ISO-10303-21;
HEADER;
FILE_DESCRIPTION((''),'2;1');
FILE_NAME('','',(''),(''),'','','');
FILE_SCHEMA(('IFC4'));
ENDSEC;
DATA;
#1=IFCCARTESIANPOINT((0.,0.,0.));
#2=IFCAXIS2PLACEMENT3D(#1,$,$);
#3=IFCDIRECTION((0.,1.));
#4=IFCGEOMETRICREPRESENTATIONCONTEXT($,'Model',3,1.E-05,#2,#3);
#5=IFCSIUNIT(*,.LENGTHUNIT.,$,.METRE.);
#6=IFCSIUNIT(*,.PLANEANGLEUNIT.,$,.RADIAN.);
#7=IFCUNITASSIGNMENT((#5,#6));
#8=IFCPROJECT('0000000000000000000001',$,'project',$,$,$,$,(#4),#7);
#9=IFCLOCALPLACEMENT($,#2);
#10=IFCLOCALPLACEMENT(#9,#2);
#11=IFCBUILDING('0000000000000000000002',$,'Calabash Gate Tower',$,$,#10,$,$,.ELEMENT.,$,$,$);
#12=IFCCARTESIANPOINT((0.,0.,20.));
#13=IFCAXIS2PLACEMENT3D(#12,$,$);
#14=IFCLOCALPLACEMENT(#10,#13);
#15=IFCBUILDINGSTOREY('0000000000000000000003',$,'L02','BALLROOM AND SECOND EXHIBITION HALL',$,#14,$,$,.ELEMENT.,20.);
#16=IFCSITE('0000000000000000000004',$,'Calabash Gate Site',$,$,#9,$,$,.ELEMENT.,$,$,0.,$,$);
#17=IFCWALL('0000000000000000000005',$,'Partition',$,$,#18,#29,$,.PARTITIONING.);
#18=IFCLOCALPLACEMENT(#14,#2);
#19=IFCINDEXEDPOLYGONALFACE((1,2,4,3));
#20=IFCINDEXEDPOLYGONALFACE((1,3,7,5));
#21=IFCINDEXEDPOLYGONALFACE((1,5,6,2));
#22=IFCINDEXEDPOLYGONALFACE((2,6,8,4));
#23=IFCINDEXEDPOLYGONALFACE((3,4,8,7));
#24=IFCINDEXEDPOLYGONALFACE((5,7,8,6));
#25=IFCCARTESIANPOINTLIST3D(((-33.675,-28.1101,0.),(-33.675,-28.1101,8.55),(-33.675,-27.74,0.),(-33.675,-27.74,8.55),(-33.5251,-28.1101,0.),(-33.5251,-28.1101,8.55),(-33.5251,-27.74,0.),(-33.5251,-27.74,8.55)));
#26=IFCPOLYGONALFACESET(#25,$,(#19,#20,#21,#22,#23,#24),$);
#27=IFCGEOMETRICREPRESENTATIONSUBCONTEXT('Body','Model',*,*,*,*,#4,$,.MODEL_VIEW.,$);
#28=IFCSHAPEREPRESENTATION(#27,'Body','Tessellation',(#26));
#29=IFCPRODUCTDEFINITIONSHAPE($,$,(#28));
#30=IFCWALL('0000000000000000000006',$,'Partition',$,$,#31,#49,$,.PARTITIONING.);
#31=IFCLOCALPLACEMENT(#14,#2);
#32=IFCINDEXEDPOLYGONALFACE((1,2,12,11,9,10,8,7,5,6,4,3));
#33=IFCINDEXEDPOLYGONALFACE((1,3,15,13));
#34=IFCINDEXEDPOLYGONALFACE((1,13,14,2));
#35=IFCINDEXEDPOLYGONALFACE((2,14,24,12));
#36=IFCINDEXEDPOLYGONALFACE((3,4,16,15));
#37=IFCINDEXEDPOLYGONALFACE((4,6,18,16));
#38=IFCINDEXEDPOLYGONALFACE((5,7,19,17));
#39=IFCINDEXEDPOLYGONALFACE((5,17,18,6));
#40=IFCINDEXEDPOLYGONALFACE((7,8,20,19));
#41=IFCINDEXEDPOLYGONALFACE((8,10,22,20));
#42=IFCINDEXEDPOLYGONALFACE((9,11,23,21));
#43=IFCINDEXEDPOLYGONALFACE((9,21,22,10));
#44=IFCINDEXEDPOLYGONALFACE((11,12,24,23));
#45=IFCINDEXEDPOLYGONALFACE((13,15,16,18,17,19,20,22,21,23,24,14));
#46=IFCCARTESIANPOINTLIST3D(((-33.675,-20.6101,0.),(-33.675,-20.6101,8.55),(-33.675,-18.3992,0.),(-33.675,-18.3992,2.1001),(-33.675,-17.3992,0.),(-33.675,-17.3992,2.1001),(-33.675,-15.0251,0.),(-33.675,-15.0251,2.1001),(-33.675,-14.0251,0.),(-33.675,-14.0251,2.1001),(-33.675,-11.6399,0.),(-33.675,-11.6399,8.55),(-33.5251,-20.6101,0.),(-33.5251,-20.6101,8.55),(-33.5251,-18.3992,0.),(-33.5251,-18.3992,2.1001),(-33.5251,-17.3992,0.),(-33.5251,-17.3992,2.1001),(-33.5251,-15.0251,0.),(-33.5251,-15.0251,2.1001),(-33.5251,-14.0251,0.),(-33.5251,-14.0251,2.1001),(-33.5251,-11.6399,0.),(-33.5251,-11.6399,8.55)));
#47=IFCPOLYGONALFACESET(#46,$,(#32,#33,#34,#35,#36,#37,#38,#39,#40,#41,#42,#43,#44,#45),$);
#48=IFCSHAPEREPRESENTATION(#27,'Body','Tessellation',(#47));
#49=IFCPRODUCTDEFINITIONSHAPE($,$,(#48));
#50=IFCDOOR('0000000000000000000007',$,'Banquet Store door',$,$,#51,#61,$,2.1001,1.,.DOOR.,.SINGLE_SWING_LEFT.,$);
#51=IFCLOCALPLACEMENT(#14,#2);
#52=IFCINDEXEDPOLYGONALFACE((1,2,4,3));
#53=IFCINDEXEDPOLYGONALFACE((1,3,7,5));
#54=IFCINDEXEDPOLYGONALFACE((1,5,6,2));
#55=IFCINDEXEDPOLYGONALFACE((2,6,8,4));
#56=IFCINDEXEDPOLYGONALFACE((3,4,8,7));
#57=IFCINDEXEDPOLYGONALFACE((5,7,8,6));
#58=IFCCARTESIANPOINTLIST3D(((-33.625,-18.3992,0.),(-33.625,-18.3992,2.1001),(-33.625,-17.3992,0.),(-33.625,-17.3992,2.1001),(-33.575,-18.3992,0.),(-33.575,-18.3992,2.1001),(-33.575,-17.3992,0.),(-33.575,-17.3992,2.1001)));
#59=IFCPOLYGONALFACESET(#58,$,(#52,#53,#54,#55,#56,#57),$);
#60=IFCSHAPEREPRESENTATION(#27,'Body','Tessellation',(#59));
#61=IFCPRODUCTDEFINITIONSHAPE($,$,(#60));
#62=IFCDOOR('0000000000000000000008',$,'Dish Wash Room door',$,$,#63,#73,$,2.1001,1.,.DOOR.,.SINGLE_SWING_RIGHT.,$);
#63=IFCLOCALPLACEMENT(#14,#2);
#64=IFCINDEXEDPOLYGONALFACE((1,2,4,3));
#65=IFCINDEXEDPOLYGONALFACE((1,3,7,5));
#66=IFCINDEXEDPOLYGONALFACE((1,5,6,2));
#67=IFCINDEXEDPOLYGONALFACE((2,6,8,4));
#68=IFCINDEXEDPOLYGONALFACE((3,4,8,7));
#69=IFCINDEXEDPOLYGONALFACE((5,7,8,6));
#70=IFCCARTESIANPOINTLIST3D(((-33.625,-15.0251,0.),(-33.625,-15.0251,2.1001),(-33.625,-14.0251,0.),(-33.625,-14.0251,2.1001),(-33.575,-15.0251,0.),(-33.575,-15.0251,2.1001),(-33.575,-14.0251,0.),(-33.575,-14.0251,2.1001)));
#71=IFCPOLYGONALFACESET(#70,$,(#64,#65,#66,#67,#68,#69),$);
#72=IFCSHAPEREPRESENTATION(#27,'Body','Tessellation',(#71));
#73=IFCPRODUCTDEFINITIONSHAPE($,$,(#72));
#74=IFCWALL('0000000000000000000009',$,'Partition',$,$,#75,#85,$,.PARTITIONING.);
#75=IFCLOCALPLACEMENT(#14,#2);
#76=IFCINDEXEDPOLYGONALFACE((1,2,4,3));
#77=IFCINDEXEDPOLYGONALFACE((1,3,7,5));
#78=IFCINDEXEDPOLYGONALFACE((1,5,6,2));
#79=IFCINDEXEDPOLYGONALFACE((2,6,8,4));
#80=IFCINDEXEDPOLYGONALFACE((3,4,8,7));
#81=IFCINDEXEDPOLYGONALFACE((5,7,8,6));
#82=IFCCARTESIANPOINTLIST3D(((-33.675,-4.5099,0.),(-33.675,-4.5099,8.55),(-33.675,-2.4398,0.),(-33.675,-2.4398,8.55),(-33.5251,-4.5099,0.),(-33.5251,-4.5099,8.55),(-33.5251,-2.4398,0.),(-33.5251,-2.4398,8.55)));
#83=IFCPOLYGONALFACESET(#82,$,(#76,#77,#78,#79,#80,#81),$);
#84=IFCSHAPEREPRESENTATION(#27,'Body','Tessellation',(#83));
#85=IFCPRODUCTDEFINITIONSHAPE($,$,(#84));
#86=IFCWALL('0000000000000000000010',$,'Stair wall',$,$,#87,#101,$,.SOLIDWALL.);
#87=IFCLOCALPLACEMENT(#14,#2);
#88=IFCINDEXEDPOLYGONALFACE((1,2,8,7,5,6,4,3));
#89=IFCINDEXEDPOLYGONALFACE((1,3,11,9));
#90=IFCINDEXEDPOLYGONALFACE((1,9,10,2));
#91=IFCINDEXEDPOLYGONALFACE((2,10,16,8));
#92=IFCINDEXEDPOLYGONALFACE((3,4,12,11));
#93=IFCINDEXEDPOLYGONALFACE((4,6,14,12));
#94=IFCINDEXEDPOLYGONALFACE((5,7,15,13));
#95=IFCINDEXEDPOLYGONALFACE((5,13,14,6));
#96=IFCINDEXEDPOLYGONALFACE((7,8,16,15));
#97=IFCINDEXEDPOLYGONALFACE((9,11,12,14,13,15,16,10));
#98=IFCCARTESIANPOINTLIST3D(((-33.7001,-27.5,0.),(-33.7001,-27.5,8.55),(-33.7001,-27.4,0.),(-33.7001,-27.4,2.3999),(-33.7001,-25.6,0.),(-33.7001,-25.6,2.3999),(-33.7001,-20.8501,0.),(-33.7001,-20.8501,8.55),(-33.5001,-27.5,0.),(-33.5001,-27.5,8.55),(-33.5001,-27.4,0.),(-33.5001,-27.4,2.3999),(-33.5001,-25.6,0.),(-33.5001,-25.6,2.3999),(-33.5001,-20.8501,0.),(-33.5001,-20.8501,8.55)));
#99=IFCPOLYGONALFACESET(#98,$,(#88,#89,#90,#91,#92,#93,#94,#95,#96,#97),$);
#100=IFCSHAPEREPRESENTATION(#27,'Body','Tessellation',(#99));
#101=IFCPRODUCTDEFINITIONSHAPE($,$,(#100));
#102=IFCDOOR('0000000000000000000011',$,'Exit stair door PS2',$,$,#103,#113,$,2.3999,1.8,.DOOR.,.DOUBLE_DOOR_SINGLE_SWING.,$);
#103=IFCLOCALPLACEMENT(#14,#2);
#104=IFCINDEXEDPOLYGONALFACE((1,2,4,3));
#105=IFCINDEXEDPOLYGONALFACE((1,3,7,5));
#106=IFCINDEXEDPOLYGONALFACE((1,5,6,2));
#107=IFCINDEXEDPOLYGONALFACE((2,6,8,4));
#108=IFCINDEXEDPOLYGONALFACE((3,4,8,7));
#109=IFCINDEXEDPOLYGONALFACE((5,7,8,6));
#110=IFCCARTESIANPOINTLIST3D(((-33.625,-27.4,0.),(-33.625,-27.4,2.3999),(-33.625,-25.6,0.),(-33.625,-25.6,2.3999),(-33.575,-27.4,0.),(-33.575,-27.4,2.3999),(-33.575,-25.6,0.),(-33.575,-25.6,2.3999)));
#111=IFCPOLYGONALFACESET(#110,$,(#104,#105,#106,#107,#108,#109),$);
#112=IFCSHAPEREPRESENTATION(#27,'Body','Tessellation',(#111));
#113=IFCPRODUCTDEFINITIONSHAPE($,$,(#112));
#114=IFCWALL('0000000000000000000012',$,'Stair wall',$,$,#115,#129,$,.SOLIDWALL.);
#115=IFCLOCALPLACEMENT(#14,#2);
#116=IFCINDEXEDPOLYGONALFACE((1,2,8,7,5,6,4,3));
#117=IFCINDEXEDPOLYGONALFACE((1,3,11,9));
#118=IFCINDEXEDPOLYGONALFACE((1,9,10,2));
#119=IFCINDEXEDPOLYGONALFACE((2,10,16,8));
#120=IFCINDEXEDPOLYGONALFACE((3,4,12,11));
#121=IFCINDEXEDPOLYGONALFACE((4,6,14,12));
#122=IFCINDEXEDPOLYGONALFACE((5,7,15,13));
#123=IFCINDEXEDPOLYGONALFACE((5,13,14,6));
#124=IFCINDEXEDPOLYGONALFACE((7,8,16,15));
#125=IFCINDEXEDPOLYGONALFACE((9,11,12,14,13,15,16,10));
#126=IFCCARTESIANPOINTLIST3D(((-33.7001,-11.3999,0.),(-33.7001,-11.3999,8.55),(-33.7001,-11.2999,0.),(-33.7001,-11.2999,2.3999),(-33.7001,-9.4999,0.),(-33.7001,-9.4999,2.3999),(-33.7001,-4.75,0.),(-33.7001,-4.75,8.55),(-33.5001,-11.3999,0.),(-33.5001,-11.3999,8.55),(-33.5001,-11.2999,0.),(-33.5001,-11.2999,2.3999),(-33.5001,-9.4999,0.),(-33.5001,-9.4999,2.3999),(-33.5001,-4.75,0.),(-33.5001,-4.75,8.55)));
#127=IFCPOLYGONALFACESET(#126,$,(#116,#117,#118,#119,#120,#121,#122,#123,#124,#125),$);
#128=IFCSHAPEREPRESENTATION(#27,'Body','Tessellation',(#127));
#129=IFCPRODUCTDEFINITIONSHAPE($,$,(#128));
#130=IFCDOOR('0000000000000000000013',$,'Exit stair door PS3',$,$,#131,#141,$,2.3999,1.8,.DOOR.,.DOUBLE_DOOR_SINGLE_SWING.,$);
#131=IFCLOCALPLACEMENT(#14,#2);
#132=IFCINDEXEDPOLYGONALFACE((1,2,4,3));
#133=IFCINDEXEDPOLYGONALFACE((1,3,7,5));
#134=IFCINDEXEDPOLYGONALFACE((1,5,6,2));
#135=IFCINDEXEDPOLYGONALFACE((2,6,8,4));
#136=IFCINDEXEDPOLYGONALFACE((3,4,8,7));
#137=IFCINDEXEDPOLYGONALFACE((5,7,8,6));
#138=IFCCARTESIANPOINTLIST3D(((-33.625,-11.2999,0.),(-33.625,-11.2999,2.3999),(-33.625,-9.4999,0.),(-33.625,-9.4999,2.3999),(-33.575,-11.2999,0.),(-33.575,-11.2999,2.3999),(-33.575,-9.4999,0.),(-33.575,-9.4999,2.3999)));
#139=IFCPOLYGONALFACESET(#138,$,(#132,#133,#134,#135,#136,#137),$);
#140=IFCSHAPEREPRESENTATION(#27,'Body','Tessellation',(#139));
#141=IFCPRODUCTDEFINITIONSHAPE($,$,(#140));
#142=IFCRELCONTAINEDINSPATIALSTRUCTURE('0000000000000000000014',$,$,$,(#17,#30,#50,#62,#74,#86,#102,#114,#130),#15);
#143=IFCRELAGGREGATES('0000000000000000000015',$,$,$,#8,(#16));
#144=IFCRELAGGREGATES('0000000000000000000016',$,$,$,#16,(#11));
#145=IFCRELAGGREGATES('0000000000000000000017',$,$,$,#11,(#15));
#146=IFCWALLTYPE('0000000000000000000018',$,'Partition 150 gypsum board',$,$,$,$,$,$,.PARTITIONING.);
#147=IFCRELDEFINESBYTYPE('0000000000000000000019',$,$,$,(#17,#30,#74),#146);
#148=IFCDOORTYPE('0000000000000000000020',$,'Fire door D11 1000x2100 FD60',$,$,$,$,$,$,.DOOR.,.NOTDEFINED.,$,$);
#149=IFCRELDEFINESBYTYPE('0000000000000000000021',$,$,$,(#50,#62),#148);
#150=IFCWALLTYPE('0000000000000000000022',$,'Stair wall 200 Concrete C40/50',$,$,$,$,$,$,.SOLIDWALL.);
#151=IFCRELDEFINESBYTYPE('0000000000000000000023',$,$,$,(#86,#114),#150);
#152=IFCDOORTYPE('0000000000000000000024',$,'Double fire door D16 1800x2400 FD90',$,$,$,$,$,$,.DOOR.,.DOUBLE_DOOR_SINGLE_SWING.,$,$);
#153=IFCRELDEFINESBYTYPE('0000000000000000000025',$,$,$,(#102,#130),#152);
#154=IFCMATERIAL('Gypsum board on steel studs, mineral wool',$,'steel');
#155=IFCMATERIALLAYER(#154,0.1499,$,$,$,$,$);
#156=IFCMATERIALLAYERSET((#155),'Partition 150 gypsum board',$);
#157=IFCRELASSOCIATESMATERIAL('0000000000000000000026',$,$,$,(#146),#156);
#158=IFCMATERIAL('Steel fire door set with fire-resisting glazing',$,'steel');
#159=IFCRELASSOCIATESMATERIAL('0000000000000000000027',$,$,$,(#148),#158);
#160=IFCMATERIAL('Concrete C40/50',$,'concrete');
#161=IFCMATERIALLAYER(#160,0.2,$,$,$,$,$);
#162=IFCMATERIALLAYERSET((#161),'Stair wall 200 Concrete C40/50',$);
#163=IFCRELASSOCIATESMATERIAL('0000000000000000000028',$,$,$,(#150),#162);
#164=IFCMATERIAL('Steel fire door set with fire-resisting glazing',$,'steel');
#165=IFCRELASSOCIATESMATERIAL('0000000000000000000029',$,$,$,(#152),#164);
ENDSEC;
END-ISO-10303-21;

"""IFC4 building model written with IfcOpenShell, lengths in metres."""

from ifc_helpers import new_model, si_unit, direction, frame, frame_2d, origin, place, context, subcontext, project, spatial, rectangle, extrude, material, layer, layer_set, type_object, element, fill, save


model = new_model("IFC4")

# Units and contexts
model_context = context("Model", 3, precision=1e-05, world=origin(), true_north=direction((0.0, 1.0)))
body_context = subcontext(model_context, "Body", "Model", "MODEL_VIEW")
ifc_project = project(units=[si_unit("LENGTHUNIT", "METRE"), si_unit("PLANEANGLEUNIT", "RADIAN")], contexts=[model_context])

# Site, building, storey
site_placement = place(None, origin())
site = spatial("IfcSite", under=ifc_project, at=site_placement, Name="Calabash Gate Site", CompositionType="ELEMENT", RefElevation=0.0)
building_placement = place(site_placement, origin())
building = spatial("IfcBuilding", under=site, at=building_placement, Name="Calabash Gate Tower", CompositionType="ELEMENT")
storey_placement = place(building_placement, frame((0.0, 0.0, 20.0)))
storey = spatial("IfcBuildingStorey", under=building, at=storey_placement, Name="L02", Description="BALLROOM AND SECOND EXHIBITION HALL", CompositionType="ELEMENT", Elevation=20.0)

# Wall
ifc_material_1 = material(Name="Gypsum board on steel studs, mineral wool", Category="steel")
ifc_layer_1 = layer(ifc_material_1, 0.1499)
ifc_layer_set_1 = layer_set([ifc_layer_1], Name="Partition 150 gypsum board")
wall_type_1 = type_object("IfcWallType", Name="Partition 150 gypsum board", PredefinedType="PARTITIONING", material=ifc_layer_set_1)
wall_1_placement = place(storey_placement, frame((-33.6001, -28.1101, 0.0), z_axis=(0.0, 0.0, 1.0), x_axis=(0.0, 1.0, 0.0)))
element("IfcWall", 1, at=wall_1_placement, inside=storey, type_object=wall_type_1, Name="Partition", PredefinedType="PARTITIONING", context=body_context, shape_type="SweptSolid", body=[
    extrude(rectangle(XDim=0.3701, YDim=0.1499, at=frame_2d((0.1851, 0.0))), origin(), (0.0, 0.0, 1.0), 8.55),
])

# Wall, openings, doors
wall_2_placement = place(storey_placement, frame((-33.6001, -20.6101, 0.0), z_axis=(0.0, 0.0, 1.0), x_axis=(0.0, 1.0, 0.0)))
wall_2 = element("IfcWall", 2, at=wall_2_placement, inside=storey, type_object=wall_type_1, Name="Partition", PredefinedType="PARTITIONING", context=body_context, shape_type="SweptSolid", body=[
    extrude(rectangle(XDim=8.9702, YDim=0.1499, at=frame_2d((4.4851, 0.0))), origin(), (0.0, 0.0, 1.0), 8.55),
])
opening_1_placement = place(wall_2_placement, frame((2.2109, 0.0, 0.0)))
opening_1 = element("IfcOpeningElement", 3, at=opening_1_placement, cuts=wall_2, PredefinedType="OPENING", context=body_context, shape_type="SweptSolid", body=[
    extrude(rectangle(XDim=1.0, YDim=2.1001, at=frame_2d((0.5, 1.05))), frame((0.0, 0.085, 0.0), z_axis=(0.0, -1.0, 0.0), x_axis=(1.0, 0.0, 0.0)), (0.0, 0.0, 1.0), 0.1699),
])
opening_2_placement = place(wall_2_placement, frame((5.585, 0.0, 0.0)))
opening_2 = element("IfcOpeningElement", 4, at=opening_2_placement, cuts=wall_2, PredefinedType="OPENING", context=body_context, shape_type="SweptSolid", body=[
    extrude(rectangle(XDim=1.0, YDim=2.1001, at=frame_2d((0.5, 1.05))), frame((0.0, 0.085, 0.0), z_axis=(0.0, -1.0, 0.0), x_axis=(1.0, 0.0, 0.0)), (0.0, 0.0, 1.0), 0.1699),
])
ifc_material_2 = material(Name="Steel fire door set with fire-resisting glazing", Category="steel")
door_type_1 = type_object("IfcDoorType", Name="Fire door D11 1000x2100 FD60", OperationType="NOTDEFINED", PredefinedType="DOOR", material=ifc_material_2)
door_1_placement = place(opening_1_placement, origin())
door_1 = element("IfcDoor", 5, at=door_1_placement, inside=storey, type_object=door_type_1, Name="Banquet Store door", OperationType="SINGLE_SWING_LEFT", OverallHeight=2.1001, OverallWidth=1.0, PredefinedType="DOOR", context=body_context, shape_type="SweptSolid", body=[
    extrude(rectangle(XDim=1.0, YDim=2.1001, at=frame_2d((0.5, 1.05))), frame((0.0, 0.0249, 0.0), z_axis=(0.0, -1.0, 0.0), x_axis=(1.0, 0.0, 0.0)), (0.0, 0.0, 1.0), 0.05),
])
fill(opening_1, door_1)
door_2_placement = place(opening_2_placement, origin())
door_2 = element("IfcDoor", 6, at=door_2_placement, inside=storey, type_object=door_type_1, Name="Dish Wash Room door", OperationType="SINGLE_SWING_RIGHT", OverallHeight=2.1001, OverallWidth=1.0, PredefinedType="DOOR", context=body_context, shape_type="SweptSolid", body=[
    extrude(rectangle(XDim=1.0, YDim=2.1001, at=frame_2d((0.5, 1.05))), frame((0.0, 0.0249, 0.0), z_axis=(0.0, -1.0, 0.0), x_axis=(1.0, 0.0, 0.0)), (0.0, 0.0, 1.0), 0.05),
])
fill(opening_2, door_2)

# Wall
wall_3_placement = place(storey_placement, frame((-33.6001, -4.51, 0.0), z_axis=(0.0, 0.0, 1.0), x_axis=(0.0, 1.0, 0.0)))
element("IfcWall", 7, at=wall_3_placement, inside=storey, type_object=wall_type_1, Name="Partition", PredefinedType="PARTITIONING", context=body_context, shape_type="SweptSolid", body=[
    extrude(rectangle(XDim=2.0701, YDim=0.1499, at=frame_2d((1.0352, 0.0))), origin(), (0.0, 0.0, 1.0), 8.55),
])

# Walls, openings, doors
ifc_material_3 = material(Name="Concrete C40/50", Category="concrete")
ifc_layer_2 = layer(ifc_material_3, 0.2)
ifc_layer_set_2 = layer_set([ifc_layer_2], Name="Stair wall 200 Concrete C40/50")
wall_type_2 = type_object("IfcWallType", Name="Stair wall 200 Concrete C40/50", PredefinedType="SOLIDWALL", material=ifc_layer_set_2)
wall_4_placement = place(storey_placement, frame((-33.6001, -27.5, 0.0), z_axis=(0.0, 0.0, 1.0), x_axis=(0.0, 1.0, 0.0)))
wall_4 = element("IfcWall", 8, at=wall_4_placement, inside=storey, type_object=wall_type_2, Name="Stair wall", PredefinedType="SOLIDWALL", context=body_context, shape_type="SweptSolid", body=[
    extrude(rectangle(XDim=6.6499, YDim=0.2, at=frame_2d((3.325, 0.0))), origin(), (0.0, 0.0, 1.0), 8.55),
])
opening_3_placement = place(wall_4_placement, frame((0.1001, 0.0, 0.0)))
opening_3 = element("IfcOpeningElement", 9, at=opening_3_placement, cuts=wall_4, PredefinedType="OPENING", context=body_context, shape_type="SweptSolid", body=[
    extrude(rectangle(XDim=1.8, YDim=2.3999, at=frame_2d((0.8999, 1.2))), frame((0.0, 0.1099, 0.0), z_axis=(0.0, -1.0, 0.0), x_axis=(1.0, 0.0, 0.0)), (0.0, 0.0, 1.0), 0.22),
])
ifc_material_4 = material(Name="Steel fire door set with fire-resisting glazing", Category="steel")
door_type_2 = type_object("IfcDoorType", Name="Double fire door D16 1800x2400 FD90", OperationType="DOUBLE_DOOR_SINGLE_SWING", PredefinedType="DOOR", material=ifc_material_4)
door_3_placement = place(opening_3_placement, origin())
door_3 = element("IfcDoor", 10, at=door_3_placement, inside=storey, type_object=door_type_2, Name="Exit stair door PS2", OperationType="DOUBLE_DOOR_SINGLE_SWING", OverallHeight=2.3999, OverallWidth=1.8, PredefinedType="DOOR", context=body_context, shape_type="SweptSolid", body=[
    extrude(rectangle(XDim=1.8, YDim=2.3999, at=frame_2d((0.8999, 1.2))), frame((0.0, 0.0249, 0.0), z_axis=(0.0, -1.0, 0.0), x_axis=(1.0, 0.0, 0.0)), (0.0, 0.0, 1.0), 0.05),
])
fill(opening_3, door_3)
wall_5_placement = place(storey_placement, frame((-33.6001, -11.3999, 0.0), z_axis=(0.0, 0.0, 1.0), x_axis=(0.0, 1.0, 0.0)))
wall_5 = element("IfcWall", 11, at=wall_5_placement, inside=storey, type_object=wall_type_2, Name="Stair wall", PredefinedType="SOLIDWALL", context=body_context, shape_type="SweptSolid", body=[
    extrude(rectangle(XDim=6.6499, YDim=0.2, at=frame_2d((3.325, 0.0))), origin(), (0.0, 0.0, 1.0), 8.55),
])
opening_4_placement = place(wall_5_placement, frame((0.1001, 0.0, 0.0)))
opening_4 = element("IfcOpeningElement", 12, at=opening_4_placement, cuts=wall_5, PredefinedType="OPENING", context=body_context, shape_type="SweptSolid", body=[
    extrude(rectangle(XDim=1.8, YDim=2.3999, at=frame_2d((0.8999, 1.2))), frame((0.0, 0.1099, 0.0), z_axis=(0.0, -1.0, 0.0), x_axis=(1.0, 0.0, 0.0)), (0.0, 0.0, 1.0), 0.22),
])
door_4_placement = place(opening_4_placement, origin())
door_4 = element("IfcDoor", 13, at=door_4_placement, inside=storey, type_object=door_type_2, Name="Exit stair door PS3", OperationType="DOUBLE_DOOR_SINGLE_SWING", OverallHeight=2.3999, OverallWidth=1.8, PredefinedType="DOOR", context=body_context, shape_type="SweptSolid", body=[
    extrude(rectangle(XDim=1.8, YDim=2.3999, at=frame_2d((0.8999, 1.2))), frame((0.0, 0.0249, 0.0), z_axis=(0.0, -1.0, 0.0), x_axis=(1.0, 0.0, 0.0)), (0.0, 0.0, 1.0), 0.05),
])
fill(opening_4, door_4)

save(model, "model.ifc")
